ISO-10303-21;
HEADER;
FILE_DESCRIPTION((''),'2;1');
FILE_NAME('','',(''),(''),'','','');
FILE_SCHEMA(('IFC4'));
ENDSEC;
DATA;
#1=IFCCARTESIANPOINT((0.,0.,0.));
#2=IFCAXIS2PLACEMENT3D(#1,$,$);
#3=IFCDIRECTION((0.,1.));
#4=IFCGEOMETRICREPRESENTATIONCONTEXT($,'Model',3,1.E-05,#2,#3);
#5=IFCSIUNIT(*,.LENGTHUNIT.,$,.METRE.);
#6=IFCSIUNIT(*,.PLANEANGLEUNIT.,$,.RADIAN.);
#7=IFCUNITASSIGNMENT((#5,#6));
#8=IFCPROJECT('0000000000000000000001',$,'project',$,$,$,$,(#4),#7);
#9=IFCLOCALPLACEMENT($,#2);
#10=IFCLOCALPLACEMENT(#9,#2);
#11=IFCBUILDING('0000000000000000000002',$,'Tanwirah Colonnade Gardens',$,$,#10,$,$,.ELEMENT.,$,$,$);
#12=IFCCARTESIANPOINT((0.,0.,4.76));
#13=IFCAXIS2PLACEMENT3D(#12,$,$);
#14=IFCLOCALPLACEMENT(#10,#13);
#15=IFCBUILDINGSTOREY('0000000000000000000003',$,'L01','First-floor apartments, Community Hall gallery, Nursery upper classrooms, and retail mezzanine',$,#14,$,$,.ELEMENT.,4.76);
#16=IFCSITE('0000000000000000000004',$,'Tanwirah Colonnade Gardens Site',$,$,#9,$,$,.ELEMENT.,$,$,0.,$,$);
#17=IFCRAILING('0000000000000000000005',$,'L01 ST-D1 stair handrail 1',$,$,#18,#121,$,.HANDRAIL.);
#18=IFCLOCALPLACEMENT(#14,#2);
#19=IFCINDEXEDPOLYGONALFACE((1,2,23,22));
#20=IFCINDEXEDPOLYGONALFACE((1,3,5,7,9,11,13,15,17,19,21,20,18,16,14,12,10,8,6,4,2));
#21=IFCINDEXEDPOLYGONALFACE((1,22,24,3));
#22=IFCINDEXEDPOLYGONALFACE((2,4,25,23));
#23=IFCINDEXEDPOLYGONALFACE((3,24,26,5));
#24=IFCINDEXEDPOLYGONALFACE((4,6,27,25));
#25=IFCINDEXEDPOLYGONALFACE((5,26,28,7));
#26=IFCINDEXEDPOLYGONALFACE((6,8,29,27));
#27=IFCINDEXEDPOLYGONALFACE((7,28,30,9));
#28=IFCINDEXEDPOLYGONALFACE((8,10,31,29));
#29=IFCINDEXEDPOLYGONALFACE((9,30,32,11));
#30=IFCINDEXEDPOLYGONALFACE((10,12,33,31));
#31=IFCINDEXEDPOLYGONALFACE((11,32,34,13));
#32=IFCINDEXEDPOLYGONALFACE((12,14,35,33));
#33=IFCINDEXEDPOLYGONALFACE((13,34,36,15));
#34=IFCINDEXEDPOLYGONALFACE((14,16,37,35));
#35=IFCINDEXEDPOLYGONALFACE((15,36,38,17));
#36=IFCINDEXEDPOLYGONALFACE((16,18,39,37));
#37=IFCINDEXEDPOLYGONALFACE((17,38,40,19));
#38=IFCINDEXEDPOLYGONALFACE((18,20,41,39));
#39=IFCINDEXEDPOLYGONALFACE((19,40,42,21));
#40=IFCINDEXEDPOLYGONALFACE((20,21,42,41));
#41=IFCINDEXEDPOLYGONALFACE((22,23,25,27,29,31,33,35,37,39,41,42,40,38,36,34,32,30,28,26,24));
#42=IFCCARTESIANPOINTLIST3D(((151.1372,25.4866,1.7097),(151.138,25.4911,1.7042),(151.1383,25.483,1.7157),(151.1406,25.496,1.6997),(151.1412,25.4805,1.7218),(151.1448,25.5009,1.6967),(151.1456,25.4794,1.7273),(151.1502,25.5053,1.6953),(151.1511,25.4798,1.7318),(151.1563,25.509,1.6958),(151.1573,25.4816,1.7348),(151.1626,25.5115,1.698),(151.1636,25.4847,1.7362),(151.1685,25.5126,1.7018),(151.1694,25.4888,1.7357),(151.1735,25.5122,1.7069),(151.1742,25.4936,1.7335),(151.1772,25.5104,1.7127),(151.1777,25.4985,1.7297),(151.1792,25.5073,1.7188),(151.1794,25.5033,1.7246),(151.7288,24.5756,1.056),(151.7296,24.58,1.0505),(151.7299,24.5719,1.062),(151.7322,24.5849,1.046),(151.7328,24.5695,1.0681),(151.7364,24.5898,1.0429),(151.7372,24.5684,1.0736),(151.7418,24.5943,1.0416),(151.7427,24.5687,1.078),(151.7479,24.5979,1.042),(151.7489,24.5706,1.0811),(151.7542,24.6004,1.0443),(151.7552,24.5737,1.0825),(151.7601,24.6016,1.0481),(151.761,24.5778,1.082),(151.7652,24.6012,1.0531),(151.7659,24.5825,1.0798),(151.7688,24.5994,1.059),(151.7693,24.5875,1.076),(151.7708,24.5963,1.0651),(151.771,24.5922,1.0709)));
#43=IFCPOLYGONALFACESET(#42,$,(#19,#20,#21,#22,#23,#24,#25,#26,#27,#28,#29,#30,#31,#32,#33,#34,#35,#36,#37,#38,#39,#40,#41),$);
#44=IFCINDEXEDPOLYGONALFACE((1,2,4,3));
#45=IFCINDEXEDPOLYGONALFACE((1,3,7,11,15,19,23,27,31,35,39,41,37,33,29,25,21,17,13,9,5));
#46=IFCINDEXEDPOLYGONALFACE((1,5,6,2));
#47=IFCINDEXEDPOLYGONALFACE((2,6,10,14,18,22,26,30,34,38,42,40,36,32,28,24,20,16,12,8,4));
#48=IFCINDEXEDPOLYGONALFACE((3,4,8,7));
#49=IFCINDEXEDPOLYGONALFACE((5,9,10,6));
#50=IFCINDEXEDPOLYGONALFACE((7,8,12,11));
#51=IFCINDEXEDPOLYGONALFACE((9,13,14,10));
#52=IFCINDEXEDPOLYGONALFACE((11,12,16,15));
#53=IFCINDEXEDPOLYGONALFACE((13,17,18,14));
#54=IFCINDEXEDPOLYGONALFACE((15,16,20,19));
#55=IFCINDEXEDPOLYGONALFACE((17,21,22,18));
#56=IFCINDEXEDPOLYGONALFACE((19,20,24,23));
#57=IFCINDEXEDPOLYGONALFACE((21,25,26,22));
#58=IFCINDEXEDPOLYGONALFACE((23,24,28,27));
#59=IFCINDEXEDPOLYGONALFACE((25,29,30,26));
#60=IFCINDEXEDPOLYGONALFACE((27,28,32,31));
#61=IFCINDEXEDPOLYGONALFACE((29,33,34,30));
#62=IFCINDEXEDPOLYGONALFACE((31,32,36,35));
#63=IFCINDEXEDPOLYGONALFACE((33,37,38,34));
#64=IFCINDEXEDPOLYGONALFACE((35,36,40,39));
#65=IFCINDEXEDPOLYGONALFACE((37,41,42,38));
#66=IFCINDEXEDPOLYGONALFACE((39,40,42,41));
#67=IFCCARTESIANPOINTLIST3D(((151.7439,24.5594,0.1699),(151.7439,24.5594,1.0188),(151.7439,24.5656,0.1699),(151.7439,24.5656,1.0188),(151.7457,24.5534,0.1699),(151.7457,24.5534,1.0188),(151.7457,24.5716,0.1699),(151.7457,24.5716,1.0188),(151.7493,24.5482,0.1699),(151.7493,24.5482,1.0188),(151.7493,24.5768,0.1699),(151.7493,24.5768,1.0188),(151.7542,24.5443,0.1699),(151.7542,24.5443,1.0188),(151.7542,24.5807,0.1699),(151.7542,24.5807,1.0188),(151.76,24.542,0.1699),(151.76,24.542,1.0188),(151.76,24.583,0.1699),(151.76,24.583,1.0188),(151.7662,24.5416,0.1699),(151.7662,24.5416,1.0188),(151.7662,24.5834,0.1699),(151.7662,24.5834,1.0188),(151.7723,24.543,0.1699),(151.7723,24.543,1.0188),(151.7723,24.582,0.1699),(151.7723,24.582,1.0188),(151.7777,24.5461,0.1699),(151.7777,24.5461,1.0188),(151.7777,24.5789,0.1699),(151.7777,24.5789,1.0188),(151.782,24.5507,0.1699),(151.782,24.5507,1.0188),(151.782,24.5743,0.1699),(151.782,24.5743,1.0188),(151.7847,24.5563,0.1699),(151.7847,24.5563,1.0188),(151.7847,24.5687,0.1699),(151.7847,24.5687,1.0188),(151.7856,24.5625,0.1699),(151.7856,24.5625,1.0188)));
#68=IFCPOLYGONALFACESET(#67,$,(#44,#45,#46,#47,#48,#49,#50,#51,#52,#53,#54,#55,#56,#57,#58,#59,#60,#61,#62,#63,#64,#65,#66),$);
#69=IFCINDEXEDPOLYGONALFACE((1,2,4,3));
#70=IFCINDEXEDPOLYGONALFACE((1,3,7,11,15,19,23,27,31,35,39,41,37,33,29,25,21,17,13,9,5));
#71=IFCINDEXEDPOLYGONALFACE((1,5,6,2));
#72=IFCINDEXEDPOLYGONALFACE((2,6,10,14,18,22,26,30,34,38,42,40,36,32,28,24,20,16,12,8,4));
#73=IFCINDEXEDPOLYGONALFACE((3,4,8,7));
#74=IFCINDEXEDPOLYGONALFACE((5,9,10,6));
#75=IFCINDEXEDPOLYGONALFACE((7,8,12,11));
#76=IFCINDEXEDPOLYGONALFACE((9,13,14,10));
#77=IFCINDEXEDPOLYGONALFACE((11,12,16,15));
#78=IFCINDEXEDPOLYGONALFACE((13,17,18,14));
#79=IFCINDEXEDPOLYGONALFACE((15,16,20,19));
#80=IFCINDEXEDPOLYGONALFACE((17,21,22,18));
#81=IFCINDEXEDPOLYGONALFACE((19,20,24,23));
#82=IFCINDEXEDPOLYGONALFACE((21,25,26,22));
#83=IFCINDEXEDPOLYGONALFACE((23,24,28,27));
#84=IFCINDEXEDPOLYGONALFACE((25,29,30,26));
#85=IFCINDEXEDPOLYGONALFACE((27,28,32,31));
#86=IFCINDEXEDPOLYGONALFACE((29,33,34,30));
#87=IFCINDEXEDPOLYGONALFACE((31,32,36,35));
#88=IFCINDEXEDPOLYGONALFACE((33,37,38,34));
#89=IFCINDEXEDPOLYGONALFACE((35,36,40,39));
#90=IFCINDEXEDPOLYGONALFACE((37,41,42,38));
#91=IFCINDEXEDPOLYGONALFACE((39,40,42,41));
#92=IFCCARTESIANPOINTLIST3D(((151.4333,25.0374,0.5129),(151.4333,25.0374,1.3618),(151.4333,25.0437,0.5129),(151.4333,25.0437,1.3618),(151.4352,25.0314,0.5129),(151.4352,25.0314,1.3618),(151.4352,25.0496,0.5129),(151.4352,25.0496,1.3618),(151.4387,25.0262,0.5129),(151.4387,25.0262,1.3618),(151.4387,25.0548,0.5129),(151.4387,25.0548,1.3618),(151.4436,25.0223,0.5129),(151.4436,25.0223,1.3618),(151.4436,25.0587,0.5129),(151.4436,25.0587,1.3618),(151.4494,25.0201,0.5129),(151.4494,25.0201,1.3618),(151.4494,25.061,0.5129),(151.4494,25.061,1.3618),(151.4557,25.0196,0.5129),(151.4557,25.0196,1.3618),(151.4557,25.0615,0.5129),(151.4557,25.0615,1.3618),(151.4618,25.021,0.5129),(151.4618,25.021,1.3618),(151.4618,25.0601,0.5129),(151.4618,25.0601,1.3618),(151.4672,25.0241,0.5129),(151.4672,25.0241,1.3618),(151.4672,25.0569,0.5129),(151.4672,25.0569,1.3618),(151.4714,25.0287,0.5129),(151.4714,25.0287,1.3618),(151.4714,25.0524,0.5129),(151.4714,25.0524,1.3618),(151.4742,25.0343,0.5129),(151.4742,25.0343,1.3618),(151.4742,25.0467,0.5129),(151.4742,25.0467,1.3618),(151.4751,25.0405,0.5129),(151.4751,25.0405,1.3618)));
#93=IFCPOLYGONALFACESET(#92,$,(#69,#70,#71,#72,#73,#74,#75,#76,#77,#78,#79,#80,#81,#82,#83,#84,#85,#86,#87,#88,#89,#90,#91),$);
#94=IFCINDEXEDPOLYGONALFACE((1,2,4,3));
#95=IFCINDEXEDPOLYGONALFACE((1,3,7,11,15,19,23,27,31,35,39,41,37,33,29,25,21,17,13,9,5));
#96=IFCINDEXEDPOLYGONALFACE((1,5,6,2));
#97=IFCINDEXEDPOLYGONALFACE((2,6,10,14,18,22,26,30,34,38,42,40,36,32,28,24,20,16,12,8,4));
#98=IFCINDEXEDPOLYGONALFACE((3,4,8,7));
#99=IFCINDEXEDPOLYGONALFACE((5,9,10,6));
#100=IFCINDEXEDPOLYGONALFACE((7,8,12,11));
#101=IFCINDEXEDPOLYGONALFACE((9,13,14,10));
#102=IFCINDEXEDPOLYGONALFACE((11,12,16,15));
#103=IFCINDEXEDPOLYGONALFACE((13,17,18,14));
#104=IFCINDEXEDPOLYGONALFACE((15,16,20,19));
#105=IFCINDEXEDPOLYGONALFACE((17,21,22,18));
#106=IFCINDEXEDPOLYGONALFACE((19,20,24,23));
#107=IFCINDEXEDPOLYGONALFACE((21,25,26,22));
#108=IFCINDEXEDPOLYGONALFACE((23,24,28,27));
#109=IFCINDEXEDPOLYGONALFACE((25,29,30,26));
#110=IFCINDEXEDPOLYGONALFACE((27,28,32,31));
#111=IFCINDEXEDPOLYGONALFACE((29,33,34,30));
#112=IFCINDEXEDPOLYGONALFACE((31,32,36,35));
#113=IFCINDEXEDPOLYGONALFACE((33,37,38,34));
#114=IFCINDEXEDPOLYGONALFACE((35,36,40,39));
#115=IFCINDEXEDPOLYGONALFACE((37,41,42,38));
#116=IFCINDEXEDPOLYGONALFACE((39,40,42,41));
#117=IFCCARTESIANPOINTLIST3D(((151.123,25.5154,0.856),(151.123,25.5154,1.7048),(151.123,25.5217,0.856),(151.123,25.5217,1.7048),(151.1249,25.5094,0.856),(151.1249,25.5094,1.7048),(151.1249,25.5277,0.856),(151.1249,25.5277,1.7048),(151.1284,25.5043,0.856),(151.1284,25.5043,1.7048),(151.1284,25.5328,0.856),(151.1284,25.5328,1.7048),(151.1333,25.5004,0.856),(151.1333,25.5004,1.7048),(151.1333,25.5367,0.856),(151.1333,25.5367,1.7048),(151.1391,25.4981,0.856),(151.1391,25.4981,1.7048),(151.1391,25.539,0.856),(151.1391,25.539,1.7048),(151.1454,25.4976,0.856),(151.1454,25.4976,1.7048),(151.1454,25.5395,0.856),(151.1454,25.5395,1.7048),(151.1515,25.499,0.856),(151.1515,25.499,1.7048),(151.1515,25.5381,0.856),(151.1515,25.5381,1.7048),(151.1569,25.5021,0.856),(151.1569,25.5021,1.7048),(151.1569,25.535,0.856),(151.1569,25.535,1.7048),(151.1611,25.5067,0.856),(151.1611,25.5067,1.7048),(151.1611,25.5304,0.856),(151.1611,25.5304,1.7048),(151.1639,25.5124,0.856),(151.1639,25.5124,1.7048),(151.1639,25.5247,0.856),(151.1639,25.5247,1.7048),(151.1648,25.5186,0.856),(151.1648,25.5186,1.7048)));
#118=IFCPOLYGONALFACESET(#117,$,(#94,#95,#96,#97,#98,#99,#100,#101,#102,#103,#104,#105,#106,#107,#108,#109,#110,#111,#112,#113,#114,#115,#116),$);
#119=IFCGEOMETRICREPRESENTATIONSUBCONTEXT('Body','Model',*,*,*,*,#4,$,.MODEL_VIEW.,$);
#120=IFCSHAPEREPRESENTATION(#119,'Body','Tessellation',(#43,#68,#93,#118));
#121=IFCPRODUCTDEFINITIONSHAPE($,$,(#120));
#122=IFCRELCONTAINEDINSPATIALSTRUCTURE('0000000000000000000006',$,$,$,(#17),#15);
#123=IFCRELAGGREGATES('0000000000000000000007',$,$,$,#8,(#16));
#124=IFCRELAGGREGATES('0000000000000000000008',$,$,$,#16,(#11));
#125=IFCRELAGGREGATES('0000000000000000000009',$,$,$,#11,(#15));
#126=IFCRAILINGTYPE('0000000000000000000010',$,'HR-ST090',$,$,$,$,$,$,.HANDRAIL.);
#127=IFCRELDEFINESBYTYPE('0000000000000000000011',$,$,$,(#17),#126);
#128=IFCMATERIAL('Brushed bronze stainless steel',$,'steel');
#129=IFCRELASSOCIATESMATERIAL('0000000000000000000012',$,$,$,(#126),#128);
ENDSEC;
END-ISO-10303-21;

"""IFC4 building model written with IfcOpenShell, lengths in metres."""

from ifc_helpers import new_model, si_unit, direction, frame, origin, origin_2d, place, context, subcontext, project, spatial, circle, extrude, material, type_object, element, save


model = new_model("IFC4")

# Units and contexts
model_context = context("Model", 3, precision=1e-05, world=origin(), true_north=direction((0.0, 1.0)))
body_context = subcontext(model_context, "Body", "Model", "MODEL_VIEW")
ifc_project = project(units=[si_unit("LENGTHUNIT", "METRE"), si_unit("PLANEANGLEUNIT", "RADIAN")], contexts=[model_context])

# Site, building, storey
site_placement = place(None, origin())
site = spatial("IfcSite", under=ifc_project, at=site_placement, Name="Tanwirah Colonnade Gardens Site", CompositionType="ELEMENT", RefElevation=0.0)
building_placement = place(site_placement, origin())
building = spatial("IfcBuilding", under=site, at=building_placement, Name="Tanwirah Colonnade Gardens", CompositionType="ELEMENT")
storey_placement = place(building_placement, frame((0.0, 0.0, 4.76)))
storey = spatial("IfcBuildingStorey", under=building, at=storey_placement, Name="L01", Description="First-floor apartments, Community Hall gallery, Nursery upper classrooms, and retail mezzanine", CompositionType="ELEMENT", Elevation=4.76)

# Railing
ifc_material_1 = material(Name="Brushed bronze stainless steel", Category="steel")
railing_type_1 = type_object("IfcRailingType", Name="HR-ST090", PredefinedType="HANDRAIL", material=ifc_material_1)
railing_1_placement = place(storey_placement, frame((151.7646, 24.5625, 0.1699)))
element("IfcRailing", 1, at=railing_1_placement, inside=storey, type_object=railing_type_1, Name="L01 ST-D1 stair handrail 1", PredefinedType="HANDRAIL", context=body_context, shape_type="SweptSolid", body=[
    extrude(circle(Radius=0.0239, at=origin_2d()), frame((-0.0146, 0.0225, 0.8921), z_axis=(-0.466641, 0.718586, 0.515635), x_axis=(-0.838678, -0.544627, 0.0)), (0.0, 0.0, 1.0), 1.2678),
    extrude(circle(Radius=0.021, at=origin_2d()), origin(), (0.0, 0.0, 1.0), 0.8489),
    extrude(circle(Radius=0.021, at=origin_2d()), frame((-0.3105, 0.478, 0.343)), (0.0, 0.0, 1.0), 0.8489),
    extrude(circle(Radius=0.021, at=origin_2d()), frame((-0.6208, 0.9561, 0.686)), (0.0, 0.0, 1.0), 0.8489),
])

save(model, "model.ifc")
